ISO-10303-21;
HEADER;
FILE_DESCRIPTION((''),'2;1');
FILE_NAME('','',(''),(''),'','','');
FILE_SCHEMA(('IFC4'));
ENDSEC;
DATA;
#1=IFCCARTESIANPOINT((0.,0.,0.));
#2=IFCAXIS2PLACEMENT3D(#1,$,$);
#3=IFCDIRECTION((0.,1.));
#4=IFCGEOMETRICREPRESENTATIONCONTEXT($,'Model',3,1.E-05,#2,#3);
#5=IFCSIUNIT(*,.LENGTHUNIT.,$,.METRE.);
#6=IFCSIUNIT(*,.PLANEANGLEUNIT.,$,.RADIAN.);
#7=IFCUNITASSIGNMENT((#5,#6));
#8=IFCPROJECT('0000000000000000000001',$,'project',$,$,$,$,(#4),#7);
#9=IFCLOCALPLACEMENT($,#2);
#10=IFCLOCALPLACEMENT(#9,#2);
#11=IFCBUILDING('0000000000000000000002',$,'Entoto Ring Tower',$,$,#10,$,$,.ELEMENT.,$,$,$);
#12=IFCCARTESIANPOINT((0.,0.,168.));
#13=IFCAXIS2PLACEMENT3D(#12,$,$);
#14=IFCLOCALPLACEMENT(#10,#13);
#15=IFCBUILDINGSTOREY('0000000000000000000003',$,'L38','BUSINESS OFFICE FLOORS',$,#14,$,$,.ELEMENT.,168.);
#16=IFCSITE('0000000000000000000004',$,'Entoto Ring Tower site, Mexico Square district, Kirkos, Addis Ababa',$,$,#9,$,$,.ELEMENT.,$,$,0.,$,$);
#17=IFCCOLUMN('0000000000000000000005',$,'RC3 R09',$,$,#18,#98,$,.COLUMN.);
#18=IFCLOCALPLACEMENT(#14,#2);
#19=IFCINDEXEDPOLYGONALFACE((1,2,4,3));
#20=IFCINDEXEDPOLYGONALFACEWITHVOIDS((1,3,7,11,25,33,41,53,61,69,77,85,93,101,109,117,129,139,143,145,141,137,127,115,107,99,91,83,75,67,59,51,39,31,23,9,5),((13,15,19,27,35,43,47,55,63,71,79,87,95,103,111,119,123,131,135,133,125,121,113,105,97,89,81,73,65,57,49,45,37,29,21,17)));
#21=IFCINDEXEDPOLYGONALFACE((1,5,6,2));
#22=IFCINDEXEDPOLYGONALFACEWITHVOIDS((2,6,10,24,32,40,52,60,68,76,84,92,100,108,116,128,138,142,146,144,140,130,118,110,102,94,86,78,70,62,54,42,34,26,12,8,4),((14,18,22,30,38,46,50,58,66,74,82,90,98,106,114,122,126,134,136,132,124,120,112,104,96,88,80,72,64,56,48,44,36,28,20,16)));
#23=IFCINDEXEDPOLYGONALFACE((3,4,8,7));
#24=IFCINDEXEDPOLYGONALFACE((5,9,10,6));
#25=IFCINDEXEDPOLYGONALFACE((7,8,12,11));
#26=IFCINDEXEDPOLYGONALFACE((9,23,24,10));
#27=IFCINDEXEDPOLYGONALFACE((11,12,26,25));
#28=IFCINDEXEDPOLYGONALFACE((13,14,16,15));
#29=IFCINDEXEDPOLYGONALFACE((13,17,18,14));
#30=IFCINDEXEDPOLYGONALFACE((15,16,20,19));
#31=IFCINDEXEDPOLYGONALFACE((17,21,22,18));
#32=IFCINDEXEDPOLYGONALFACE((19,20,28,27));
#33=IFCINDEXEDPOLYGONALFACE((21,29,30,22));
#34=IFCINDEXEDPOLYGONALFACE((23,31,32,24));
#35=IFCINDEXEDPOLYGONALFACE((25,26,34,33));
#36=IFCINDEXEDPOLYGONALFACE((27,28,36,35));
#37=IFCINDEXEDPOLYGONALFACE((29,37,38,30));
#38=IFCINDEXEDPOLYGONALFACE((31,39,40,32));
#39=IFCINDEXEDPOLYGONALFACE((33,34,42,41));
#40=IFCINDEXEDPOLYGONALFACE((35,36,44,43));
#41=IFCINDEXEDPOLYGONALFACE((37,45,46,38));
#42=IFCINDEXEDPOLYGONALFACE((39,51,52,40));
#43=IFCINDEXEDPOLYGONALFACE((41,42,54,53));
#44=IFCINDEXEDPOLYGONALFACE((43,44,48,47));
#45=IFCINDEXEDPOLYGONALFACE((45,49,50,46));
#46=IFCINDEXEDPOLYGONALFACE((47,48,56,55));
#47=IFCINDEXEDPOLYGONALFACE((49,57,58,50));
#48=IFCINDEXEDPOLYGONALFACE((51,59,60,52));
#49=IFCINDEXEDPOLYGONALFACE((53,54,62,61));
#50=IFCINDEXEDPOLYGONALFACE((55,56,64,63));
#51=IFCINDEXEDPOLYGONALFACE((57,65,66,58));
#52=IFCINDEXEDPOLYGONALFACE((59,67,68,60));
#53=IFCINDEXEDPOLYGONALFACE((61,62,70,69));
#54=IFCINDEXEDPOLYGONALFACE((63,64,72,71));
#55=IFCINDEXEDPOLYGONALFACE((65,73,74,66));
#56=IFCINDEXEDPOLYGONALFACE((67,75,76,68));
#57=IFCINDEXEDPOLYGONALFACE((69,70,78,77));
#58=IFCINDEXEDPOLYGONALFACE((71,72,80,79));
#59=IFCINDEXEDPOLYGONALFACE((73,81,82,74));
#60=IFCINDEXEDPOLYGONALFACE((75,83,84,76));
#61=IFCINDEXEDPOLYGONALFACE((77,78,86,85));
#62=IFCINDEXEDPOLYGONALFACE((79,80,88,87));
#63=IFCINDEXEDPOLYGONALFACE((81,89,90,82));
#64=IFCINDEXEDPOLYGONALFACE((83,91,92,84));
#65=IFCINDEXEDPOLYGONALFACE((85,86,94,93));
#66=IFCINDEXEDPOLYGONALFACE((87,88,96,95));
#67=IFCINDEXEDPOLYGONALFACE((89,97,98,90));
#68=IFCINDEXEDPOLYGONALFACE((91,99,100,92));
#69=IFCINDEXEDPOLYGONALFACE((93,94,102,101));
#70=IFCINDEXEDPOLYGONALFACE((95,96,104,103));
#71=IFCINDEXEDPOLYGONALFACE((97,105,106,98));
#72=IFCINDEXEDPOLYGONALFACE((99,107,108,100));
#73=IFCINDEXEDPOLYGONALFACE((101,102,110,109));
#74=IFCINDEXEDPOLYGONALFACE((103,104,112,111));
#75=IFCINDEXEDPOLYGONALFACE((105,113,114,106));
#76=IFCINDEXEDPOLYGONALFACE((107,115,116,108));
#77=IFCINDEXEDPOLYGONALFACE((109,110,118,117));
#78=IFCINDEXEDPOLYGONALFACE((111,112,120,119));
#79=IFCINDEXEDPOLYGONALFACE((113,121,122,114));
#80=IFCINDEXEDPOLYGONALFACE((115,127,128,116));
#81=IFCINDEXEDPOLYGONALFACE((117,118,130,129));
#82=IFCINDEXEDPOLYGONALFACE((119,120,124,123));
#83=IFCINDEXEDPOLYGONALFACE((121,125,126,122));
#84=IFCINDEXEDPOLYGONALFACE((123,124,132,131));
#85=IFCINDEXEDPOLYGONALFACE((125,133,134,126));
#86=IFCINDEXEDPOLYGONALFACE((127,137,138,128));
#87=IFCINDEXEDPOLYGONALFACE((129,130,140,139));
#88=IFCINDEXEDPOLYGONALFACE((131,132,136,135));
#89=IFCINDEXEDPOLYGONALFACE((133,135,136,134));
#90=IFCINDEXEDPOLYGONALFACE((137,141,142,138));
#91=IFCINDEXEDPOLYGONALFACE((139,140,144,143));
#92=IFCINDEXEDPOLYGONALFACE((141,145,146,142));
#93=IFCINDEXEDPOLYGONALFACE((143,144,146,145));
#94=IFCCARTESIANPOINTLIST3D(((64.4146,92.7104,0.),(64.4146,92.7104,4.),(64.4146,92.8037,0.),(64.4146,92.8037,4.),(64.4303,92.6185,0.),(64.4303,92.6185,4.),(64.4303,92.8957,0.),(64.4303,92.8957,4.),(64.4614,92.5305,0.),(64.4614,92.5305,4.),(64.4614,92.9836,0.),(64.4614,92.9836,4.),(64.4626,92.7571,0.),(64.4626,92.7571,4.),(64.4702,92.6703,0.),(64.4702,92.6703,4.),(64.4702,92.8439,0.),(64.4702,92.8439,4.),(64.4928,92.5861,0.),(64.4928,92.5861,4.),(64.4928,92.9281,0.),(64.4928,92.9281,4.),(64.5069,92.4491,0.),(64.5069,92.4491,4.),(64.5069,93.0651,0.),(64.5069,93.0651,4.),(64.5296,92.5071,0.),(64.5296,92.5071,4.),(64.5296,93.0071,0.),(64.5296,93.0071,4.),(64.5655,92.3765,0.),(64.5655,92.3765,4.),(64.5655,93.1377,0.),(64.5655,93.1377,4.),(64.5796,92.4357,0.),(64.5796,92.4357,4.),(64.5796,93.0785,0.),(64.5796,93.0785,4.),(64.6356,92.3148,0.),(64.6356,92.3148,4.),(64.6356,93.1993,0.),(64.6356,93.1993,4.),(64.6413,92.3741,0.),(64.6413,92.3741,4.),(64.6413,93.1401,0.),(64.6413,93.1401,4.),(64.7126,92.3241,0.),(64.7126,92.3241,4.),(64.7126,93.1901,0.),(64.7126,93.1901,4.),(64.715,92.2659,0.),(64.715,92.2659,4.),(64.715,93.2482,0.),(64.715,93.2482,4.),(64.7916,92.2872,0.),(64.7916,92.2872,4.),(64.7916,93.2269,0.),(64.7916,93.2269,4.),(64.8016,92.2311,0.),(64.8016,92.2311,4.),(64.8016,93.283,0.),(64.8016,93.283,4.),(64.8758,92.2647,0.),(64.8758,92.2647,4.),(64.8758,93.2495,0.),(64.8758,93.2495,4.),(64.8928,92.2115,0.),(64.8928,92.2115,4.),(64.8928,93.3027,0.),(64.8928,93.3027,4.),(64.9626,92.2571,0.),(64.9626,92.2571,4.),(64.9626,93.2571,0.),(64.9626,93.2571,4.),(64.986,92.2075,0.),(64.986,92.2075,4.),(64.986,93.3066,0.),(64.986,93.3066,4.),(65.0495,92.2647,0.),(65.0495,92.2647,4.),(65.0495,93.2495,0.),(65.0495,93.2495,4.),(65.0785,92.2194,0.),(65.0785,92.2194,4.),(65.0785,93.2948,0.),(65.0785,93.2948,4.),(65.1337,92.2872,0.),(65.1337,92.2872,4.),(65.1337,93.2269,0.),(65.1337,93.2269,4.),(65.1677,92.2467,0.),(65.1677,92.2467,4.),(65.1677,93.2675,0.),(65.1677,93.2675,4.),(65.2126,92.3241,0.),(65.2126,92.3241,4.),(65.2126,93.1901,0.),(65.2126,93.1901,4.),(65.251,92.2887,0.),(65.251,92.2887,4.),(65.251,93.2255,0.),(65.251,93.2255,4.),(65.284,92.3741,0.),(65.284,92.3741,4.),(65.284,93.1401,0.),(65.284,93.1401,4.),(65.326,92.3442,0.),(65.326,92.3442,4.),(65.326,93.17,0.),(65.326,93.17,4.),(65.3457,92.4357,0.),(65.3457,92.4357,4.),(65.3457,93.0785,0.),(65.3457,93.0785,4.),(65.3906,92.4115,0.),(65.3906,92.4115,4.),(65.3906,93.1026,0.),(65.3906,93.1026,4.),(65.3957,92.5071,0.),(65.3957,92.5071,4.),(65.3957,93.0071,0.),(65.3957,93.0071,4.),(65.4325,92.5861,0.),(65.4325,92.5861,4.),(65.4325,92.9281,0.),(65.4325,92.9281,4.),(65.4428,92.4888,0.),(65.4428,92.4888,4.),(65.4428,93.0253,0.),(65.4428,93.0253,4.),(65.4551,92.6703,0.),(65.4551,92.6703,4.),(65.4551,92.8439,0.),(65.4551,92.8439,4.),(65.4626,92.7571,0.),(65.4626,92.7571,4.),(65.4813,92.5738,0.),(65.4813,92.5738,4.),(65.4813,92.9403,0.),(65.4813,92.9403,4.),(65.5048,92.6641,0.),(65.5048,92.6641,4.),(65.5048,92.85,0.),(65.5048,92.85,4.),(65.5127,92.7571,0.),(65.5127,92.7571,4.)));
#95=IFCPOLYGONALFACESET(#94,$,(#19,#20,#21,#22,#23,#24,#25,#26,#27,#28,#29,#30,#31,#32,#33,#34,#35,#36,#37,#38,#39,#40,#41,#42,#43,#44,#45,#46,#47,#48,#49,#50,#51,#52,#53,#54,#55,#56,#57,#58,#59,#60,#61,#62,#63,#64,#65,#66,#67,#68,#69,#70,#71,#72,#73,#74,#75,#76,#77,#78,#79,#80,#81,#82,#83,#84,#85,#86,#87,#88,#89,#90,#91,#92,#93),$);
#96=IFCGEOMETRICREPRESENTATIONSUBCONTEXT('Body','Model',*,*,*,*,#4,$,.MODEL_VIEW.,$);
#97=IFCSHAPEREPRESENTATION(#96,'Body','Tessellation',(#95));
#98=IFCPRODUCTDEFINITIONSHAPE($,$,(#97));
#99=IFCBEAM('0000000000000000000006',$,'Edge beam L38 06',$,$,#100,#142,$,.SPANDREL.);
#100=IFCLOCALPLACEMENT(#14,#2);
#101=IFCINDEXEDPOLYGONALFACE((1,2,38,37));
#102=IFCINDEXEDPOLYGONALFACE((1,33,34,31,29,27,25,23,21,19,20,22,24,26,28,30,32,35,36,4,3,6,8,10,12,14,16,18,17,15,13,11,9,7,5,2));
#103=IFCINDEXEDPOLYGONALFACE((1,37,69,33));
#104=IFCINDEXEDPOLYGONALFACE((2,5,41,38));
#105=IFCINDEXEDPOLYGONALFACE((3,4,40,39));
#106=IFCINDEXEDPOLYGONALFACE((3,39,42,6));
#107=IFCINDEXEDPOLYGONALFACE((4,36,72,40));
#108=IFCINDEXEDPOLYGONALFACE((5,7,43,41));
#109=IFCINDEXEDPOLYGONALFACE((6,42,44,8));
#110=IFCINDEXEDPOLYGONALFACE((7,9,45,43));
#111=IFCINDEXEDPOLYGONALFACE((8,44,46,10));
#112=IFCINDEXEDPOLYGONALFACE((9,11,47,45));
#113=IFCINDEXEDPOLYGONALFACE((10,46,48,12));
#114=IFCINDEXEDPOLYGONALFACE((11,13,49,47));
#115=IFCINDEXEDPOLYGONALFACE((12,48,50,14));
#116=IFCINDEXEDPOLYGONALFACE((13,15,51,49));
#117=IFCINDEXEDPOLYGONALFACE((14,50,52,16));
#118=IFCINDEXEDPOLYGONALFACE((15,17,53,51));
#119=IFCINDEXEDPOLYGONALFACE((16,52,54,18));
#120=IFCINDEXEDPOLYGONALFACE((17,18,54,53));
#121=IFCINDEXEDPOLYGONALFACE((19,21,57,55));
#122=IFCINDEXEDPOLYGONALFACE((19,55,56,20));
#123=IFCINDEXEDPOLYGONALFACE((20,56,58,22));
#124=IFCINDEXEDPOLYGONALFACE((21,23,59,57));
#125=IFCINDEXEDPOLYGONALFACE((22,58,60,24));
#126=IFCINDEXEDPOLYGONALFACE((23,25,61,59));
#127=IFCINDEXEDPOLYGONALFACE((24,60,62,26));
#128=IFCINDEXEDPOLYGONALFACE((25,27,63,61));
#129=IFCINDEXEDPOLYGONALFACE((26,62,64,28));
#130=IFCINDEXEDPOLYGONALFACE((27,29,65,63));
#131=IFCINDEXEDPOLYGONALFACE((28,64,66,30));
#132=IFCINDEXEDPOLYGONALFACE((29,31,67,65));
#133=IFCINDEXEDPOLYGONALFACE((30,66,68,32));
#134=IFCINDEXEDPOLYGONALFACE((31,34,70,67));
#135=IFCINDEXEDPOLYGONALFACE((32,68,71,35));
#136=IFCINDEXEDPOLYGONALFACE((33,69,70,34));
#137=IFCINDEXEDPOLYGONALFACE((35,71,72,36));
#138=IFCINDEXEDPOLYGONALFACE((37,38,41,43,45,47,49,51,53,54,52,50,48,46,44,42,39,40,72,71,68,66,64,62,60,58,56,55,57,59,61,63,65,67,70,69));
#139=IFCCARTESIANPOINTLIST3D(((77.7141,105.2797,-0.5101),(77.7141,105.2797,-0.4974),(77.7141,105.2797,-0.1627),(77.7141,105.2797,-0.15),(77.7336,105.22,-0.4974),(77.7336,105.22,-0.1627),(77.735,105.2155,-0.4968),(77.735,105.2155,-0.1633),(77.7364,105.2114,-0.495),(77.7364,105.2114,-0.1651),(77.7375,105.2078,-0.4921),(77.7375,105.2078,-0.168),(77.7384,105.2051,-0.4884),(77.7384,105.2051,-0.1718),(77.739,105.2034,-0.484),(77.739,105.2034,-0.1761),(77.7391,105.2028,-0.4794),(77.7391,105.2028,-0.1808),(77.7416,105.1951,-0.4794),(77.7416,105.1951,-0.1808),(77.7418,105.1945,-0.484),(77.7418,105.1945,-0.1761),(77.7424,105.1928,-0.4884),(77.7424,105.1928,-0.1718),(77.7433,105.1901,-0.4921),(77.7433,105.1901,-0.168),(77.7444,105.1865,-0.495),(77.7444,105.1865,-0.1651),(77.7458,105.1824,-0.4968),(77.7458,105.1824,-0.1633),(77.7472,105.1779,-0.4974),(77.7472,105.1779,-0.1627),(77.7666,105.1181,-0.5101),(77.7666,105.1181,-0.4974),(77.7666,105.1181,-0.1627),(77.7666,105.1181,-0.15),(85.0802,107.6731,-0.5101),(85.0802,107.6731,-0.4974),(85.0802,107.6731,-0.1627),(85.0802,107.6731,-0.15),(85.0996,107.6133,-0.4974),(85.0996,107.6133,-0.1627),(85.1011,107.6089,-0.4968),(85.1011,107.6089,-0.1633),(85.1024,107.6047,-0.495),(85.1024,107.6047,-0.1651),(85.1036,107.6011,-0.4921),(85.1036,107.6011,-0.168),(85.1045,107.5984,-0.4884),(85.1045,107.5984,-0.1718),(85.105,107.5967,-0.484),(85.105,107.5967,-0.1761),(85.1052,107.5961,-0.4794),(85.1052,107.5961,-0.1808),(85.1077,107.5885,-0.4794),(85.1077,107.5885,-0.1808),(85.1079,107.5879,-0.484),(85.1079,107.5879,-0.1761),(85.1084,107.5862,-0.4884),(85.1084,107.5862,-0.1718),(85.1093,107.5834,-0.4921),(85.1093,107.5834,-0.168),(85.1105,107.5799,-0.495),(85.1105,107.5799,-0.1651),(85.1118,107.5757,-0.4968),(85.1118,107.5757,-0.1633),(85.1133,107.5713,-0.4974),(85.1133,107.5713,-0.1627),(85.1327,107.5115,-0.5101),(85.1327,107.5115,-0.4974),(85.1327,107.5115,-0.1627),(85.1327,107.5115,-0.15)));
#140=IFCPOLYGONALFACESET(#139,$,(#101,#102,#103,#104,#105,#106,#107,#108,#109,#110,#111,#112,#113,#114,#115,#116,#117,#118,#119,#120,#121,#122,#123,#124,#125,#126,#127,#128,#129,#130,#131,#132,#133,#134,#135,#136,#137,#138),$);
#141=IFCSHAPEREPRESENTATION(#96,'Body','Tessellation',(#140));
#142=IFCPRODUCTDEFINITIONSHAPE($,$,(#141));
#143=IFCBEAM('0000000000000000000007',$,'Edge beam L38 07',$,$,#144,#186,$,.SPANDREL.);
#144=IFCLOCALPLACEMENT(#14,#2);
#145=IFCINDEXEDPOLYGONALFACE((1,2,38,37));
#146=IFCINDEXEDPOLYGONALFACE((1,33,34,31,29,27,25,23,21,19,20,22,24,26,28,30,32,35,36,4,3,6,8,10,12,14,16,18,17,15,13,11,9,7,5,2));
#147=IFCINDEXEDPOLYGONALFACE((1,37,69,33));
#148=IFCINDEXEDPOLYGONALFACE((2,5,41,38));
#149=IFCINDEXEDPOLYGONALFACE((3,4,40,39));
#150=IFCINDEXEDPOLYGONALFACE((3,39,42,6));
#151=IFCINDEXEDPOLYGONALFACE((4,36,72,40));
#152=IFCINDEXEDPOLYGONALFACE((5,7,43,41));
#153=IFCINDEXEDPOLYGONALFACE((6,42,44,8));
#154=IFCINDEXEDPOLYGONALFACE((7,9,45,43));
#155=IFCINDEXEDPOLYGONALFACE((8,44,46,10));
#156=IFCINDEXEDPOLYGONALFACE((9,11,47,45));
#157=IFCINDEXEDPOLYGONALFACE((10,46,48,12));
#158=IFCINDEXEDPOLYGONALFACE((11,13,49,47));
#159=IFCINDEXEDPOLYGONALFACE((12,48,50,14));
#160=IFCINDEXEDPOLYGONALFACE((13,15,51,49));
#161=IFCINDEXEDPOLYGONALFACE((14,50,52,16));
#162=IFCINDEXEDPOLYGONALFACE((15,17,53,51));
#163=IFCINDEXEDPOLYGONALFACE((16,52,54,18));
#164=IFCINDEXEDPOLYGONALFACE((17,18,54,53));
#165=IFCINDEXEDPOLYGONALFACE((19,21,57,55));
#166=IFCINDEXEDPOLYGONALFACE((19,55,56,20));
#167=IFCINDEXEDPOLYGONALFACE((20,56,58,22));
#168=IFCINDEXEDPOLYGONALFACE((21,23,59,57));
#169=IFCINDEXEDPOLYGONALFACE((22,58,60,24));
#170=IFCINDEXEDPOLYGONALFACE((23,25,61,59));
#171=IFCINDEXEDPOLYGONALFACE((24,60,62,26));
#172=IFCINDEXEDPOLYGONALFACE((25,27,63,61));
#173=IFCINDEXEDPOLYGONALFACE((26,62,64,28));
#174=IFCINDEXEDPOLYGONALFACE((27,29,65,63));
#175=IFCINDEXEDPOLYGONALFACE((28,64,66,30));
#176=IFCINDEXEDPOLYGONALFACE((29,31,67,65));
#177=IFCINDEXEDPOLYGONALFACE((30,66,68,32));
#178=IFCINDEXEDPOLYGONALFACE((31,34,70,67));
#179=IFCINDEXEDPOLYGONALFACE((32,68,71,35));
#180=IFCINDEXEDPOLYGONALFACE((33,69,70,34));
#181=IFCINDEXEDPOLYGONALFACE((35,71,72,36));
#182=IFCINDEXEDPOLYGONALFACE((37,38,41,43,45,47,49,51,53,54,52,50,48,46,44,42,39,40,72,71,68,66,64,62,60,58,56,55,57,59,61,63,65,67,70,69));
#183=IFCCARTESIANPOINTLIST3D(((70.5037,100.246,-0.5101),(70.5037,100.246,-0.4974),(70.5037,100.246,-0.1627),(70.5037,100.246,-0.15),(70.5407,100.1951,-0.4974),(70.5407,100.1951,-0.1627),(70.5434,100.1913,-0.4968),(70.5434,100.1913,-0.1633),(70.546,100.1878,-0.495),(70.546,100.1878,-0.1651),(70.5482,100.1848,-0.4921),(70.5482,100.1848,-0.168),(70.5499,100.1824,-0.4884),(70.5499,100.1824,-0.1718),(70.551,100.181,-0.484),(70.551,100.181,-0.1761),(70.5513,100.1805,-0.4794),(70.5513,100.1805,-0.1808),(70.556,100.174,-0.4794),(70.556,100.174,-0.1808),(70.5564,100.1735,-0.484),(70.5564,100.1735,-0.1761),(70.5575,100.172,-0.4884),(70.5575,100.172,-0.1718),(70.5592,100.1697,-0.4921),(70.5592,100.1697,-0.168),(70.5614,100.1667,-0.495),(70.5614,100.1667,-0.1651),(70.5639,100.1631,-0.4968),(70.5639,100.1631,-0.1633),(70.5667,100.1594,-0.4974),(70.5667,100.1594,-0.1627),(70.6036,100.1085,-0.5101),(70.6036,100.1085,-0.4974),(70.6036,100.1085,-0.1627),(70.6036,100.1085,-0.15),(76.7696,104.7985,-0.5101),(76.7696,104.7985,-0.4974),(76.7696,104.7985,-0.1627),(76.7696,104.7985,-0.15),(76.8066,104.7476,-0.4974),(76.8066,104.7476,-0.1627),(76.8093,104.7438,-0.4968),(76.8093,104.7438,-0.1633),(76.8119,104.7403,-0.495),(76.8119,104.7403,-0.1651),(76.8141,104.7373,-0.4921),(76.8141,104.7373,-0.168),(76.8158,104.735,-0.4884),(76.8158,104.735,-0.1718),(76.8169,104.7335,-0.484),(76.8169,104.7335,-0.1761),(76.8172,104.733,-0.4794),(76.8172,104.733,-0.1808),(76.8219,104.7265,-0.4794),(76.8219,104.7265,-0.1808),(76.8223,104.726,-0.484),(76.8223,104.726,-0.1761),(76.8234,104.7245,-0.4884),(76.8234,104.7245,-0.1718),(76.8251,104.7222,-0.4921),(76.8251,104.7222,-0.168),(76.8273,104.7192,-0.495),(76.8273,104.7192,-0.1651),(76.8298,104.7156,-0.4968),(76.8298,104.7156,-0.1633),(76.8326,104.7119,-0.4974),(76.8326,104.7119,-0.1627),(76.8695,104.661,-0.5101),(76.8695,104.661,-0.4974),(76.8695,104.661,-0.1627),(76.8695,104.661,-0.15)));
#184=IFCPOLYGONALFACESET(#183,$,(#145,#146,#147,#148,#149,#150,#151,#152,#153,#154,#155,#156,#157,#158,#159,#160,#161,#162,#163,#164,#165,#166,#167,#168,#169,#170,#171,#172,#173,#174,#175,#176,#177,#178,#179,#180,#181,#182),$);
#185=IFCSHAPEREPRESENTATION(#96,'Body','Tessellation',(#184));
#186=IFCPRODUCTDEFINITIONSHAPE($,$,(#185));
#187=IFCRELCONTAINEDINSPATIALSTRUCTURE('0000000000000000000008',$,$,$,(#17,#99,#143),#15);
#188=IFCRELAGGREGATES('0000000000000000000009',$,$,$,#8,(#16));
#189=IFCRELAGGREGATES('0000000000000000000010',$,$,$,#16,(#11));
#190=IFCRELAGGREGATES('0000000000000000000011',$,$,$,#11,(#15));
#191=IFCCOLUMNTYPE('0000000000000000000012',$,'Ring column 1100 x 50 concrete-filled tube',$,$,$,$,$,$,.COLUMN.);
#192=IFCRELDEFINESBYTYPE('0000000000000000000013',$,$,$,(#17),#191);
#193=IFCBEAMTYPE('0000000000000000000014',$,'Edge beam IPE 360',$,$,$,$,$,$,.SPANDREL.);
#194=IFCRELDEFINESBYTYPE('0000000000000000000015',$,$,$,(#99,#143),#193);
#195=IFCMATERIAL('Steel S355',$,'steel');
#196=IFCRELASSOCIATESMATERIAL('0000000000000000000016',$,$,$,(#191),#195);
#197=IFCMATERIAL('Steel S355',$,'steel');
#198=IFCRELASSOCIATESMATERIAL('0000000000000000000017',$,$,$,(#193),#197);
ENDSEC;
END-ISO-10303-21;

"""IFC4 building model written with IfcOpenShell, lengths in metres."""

from ifc_helpers import new_model, si_unit, direction, frame, origin, origin_2d, place, context, subcontext, project, spatial, circle, hollow_circle, i_section, extrude, material, material_profile, profile_set, type_object, element, save


model = new_model("IFC4")

# Units and contexts
model_context = context("Model", 3, precision=1e-05, world=origin(), true_north=direction((0.0, 1.0)))
body_context = subcontext(model_context, "Body", "Model", "MODEL_VIEW")
ifc_project = project(units=[si_unit("LENGTHUNIT", "METRE"), si_unit("PLANEANGLEUNIT", "RADIAN")], contexts=[model_context])

# Site, building, storey
site_placement = place(None, origin())
site = spatial("IfcSite", under=ifc_project, at=site_placement, Name="Entoto Ring Tower site, Mexico Square district, Kirkos, Addis Ababa", CompositionType="ELEMENT", RefElevation=0.0)
building_placement = place(site_placement, origin())
building = spatial("IfcBuilding", under=site, at=building_placement, Name="Entoto Ring Tower", CompositionType="ELEMENT")
storey_placement = place(building_placement, frame((0.0, 0.0, 168.0)))
storey = spatial("IfcBuildingStorey", under=building, at=storey_placement, Name="L38", Description="BUSINESS OFFICE FLOORS", CompositionType="ELEMENT", Elevation=168.0)

# Column
ifc_material_1 = material(Name="Steel S355", Category="steel")
ifc_material_profile_1 = material_profile(ifc_material_1, hollow_circle(Radius=0.55, WallThickness=0.05, at=origin_2d()), Name="CHS 1100 x 50")
ifc_material_2 = material(Name="Concrete C60/75", Category="concrete")
ifc_material_profile_2 = material_profile(ifc_material_2, circle(Radius=0.5, at=origin_2d()), Name="Concrete C60/75 infill")
ifc_profile_set_1 = profile_set([ifc_material_profile_1, ifc_material_profile_2], Name="Steel S355")
column_type = type_object("IfcColumnType", Name="Ring column 1100 x 50 concrete-filled tube", PredefinedType="COLUMN", material=ifc_profile_set_1)
for number, where, z_axis, x_axis, name in (
    (1, (64.9626, 92.7571, 0.0), (0.0, 0.0, 1.0), (1.0, 0.0, 0.0), "RC3 R09"),
):
    element("IfcColumn", number, at=place(storey_placement, frame(where, z_axis=z_axis, x_axis=x_axis)), inside=storey, type_object=column_type, Name=name, PredefinedType="COLUMN", context=body_context, shape_type="SweptSolid", body=[
        extrude(hollow_circle(Radius=0.55, WallThickness=0.05, at=origin_2d()), origin(), (0.0, 0.0, 1.0), 4.0),
    ])

# Beams
ifc_material_3 = material(Name="Steel S355", Category="steel")
ifc_material_profile_3 = material_profile(ifc_material_3, i_section(OverallWidth=0.1699, OverallDepth=0.3601, WebThickness=0.0081, FlangeThickness=0.0127, FilletRadius=0.0181, at=origin_2d()), Name="IPE 360")
ifc_profile_set_2 = profile_set([ifc_material_profile_3], Name="Steel S355")
beam_type_1 = type_object("IfcBeamType", Name="Edge beam IPE 360", PredefinedType="SPANDREL", material=ifc_profile_set_2)
for number, where, z_axis, x_axis, name in (
    (2, (85.1064, 107.5923, -0.3301), (-0.951058, -0.309013, 0.0), (0.309013, -0.951058, 0.0), "Edge beam L38 06"),
    (3, (76.8196, 104.7297, -0.3301), (-0.809013, -0.587791, 0.0), (0.587791, -0.809013, 0.0), "Edge beam L38 07"),
):
    element("IfcBeam", number, at=place(storey_placement, frame(where, z_axis=z_axis, x_axis=x_axis)), inside=storey, type_object=beam_type_1, Name=name, PredefinedType="SPANDREL", context=body_context, shape_type="SweptSolid", body=[
        extrude(i_section(OverallWidth=0.1699, OverallDepth=0.3601, WebThickness=0.0081, FlangeThickness=0.0127, FilletRadius=0.0181, at=origin_2d()), origin(), (0.0, 0.0, 1.0), 7.7451),
    ])

save(model, "model.ifc")
